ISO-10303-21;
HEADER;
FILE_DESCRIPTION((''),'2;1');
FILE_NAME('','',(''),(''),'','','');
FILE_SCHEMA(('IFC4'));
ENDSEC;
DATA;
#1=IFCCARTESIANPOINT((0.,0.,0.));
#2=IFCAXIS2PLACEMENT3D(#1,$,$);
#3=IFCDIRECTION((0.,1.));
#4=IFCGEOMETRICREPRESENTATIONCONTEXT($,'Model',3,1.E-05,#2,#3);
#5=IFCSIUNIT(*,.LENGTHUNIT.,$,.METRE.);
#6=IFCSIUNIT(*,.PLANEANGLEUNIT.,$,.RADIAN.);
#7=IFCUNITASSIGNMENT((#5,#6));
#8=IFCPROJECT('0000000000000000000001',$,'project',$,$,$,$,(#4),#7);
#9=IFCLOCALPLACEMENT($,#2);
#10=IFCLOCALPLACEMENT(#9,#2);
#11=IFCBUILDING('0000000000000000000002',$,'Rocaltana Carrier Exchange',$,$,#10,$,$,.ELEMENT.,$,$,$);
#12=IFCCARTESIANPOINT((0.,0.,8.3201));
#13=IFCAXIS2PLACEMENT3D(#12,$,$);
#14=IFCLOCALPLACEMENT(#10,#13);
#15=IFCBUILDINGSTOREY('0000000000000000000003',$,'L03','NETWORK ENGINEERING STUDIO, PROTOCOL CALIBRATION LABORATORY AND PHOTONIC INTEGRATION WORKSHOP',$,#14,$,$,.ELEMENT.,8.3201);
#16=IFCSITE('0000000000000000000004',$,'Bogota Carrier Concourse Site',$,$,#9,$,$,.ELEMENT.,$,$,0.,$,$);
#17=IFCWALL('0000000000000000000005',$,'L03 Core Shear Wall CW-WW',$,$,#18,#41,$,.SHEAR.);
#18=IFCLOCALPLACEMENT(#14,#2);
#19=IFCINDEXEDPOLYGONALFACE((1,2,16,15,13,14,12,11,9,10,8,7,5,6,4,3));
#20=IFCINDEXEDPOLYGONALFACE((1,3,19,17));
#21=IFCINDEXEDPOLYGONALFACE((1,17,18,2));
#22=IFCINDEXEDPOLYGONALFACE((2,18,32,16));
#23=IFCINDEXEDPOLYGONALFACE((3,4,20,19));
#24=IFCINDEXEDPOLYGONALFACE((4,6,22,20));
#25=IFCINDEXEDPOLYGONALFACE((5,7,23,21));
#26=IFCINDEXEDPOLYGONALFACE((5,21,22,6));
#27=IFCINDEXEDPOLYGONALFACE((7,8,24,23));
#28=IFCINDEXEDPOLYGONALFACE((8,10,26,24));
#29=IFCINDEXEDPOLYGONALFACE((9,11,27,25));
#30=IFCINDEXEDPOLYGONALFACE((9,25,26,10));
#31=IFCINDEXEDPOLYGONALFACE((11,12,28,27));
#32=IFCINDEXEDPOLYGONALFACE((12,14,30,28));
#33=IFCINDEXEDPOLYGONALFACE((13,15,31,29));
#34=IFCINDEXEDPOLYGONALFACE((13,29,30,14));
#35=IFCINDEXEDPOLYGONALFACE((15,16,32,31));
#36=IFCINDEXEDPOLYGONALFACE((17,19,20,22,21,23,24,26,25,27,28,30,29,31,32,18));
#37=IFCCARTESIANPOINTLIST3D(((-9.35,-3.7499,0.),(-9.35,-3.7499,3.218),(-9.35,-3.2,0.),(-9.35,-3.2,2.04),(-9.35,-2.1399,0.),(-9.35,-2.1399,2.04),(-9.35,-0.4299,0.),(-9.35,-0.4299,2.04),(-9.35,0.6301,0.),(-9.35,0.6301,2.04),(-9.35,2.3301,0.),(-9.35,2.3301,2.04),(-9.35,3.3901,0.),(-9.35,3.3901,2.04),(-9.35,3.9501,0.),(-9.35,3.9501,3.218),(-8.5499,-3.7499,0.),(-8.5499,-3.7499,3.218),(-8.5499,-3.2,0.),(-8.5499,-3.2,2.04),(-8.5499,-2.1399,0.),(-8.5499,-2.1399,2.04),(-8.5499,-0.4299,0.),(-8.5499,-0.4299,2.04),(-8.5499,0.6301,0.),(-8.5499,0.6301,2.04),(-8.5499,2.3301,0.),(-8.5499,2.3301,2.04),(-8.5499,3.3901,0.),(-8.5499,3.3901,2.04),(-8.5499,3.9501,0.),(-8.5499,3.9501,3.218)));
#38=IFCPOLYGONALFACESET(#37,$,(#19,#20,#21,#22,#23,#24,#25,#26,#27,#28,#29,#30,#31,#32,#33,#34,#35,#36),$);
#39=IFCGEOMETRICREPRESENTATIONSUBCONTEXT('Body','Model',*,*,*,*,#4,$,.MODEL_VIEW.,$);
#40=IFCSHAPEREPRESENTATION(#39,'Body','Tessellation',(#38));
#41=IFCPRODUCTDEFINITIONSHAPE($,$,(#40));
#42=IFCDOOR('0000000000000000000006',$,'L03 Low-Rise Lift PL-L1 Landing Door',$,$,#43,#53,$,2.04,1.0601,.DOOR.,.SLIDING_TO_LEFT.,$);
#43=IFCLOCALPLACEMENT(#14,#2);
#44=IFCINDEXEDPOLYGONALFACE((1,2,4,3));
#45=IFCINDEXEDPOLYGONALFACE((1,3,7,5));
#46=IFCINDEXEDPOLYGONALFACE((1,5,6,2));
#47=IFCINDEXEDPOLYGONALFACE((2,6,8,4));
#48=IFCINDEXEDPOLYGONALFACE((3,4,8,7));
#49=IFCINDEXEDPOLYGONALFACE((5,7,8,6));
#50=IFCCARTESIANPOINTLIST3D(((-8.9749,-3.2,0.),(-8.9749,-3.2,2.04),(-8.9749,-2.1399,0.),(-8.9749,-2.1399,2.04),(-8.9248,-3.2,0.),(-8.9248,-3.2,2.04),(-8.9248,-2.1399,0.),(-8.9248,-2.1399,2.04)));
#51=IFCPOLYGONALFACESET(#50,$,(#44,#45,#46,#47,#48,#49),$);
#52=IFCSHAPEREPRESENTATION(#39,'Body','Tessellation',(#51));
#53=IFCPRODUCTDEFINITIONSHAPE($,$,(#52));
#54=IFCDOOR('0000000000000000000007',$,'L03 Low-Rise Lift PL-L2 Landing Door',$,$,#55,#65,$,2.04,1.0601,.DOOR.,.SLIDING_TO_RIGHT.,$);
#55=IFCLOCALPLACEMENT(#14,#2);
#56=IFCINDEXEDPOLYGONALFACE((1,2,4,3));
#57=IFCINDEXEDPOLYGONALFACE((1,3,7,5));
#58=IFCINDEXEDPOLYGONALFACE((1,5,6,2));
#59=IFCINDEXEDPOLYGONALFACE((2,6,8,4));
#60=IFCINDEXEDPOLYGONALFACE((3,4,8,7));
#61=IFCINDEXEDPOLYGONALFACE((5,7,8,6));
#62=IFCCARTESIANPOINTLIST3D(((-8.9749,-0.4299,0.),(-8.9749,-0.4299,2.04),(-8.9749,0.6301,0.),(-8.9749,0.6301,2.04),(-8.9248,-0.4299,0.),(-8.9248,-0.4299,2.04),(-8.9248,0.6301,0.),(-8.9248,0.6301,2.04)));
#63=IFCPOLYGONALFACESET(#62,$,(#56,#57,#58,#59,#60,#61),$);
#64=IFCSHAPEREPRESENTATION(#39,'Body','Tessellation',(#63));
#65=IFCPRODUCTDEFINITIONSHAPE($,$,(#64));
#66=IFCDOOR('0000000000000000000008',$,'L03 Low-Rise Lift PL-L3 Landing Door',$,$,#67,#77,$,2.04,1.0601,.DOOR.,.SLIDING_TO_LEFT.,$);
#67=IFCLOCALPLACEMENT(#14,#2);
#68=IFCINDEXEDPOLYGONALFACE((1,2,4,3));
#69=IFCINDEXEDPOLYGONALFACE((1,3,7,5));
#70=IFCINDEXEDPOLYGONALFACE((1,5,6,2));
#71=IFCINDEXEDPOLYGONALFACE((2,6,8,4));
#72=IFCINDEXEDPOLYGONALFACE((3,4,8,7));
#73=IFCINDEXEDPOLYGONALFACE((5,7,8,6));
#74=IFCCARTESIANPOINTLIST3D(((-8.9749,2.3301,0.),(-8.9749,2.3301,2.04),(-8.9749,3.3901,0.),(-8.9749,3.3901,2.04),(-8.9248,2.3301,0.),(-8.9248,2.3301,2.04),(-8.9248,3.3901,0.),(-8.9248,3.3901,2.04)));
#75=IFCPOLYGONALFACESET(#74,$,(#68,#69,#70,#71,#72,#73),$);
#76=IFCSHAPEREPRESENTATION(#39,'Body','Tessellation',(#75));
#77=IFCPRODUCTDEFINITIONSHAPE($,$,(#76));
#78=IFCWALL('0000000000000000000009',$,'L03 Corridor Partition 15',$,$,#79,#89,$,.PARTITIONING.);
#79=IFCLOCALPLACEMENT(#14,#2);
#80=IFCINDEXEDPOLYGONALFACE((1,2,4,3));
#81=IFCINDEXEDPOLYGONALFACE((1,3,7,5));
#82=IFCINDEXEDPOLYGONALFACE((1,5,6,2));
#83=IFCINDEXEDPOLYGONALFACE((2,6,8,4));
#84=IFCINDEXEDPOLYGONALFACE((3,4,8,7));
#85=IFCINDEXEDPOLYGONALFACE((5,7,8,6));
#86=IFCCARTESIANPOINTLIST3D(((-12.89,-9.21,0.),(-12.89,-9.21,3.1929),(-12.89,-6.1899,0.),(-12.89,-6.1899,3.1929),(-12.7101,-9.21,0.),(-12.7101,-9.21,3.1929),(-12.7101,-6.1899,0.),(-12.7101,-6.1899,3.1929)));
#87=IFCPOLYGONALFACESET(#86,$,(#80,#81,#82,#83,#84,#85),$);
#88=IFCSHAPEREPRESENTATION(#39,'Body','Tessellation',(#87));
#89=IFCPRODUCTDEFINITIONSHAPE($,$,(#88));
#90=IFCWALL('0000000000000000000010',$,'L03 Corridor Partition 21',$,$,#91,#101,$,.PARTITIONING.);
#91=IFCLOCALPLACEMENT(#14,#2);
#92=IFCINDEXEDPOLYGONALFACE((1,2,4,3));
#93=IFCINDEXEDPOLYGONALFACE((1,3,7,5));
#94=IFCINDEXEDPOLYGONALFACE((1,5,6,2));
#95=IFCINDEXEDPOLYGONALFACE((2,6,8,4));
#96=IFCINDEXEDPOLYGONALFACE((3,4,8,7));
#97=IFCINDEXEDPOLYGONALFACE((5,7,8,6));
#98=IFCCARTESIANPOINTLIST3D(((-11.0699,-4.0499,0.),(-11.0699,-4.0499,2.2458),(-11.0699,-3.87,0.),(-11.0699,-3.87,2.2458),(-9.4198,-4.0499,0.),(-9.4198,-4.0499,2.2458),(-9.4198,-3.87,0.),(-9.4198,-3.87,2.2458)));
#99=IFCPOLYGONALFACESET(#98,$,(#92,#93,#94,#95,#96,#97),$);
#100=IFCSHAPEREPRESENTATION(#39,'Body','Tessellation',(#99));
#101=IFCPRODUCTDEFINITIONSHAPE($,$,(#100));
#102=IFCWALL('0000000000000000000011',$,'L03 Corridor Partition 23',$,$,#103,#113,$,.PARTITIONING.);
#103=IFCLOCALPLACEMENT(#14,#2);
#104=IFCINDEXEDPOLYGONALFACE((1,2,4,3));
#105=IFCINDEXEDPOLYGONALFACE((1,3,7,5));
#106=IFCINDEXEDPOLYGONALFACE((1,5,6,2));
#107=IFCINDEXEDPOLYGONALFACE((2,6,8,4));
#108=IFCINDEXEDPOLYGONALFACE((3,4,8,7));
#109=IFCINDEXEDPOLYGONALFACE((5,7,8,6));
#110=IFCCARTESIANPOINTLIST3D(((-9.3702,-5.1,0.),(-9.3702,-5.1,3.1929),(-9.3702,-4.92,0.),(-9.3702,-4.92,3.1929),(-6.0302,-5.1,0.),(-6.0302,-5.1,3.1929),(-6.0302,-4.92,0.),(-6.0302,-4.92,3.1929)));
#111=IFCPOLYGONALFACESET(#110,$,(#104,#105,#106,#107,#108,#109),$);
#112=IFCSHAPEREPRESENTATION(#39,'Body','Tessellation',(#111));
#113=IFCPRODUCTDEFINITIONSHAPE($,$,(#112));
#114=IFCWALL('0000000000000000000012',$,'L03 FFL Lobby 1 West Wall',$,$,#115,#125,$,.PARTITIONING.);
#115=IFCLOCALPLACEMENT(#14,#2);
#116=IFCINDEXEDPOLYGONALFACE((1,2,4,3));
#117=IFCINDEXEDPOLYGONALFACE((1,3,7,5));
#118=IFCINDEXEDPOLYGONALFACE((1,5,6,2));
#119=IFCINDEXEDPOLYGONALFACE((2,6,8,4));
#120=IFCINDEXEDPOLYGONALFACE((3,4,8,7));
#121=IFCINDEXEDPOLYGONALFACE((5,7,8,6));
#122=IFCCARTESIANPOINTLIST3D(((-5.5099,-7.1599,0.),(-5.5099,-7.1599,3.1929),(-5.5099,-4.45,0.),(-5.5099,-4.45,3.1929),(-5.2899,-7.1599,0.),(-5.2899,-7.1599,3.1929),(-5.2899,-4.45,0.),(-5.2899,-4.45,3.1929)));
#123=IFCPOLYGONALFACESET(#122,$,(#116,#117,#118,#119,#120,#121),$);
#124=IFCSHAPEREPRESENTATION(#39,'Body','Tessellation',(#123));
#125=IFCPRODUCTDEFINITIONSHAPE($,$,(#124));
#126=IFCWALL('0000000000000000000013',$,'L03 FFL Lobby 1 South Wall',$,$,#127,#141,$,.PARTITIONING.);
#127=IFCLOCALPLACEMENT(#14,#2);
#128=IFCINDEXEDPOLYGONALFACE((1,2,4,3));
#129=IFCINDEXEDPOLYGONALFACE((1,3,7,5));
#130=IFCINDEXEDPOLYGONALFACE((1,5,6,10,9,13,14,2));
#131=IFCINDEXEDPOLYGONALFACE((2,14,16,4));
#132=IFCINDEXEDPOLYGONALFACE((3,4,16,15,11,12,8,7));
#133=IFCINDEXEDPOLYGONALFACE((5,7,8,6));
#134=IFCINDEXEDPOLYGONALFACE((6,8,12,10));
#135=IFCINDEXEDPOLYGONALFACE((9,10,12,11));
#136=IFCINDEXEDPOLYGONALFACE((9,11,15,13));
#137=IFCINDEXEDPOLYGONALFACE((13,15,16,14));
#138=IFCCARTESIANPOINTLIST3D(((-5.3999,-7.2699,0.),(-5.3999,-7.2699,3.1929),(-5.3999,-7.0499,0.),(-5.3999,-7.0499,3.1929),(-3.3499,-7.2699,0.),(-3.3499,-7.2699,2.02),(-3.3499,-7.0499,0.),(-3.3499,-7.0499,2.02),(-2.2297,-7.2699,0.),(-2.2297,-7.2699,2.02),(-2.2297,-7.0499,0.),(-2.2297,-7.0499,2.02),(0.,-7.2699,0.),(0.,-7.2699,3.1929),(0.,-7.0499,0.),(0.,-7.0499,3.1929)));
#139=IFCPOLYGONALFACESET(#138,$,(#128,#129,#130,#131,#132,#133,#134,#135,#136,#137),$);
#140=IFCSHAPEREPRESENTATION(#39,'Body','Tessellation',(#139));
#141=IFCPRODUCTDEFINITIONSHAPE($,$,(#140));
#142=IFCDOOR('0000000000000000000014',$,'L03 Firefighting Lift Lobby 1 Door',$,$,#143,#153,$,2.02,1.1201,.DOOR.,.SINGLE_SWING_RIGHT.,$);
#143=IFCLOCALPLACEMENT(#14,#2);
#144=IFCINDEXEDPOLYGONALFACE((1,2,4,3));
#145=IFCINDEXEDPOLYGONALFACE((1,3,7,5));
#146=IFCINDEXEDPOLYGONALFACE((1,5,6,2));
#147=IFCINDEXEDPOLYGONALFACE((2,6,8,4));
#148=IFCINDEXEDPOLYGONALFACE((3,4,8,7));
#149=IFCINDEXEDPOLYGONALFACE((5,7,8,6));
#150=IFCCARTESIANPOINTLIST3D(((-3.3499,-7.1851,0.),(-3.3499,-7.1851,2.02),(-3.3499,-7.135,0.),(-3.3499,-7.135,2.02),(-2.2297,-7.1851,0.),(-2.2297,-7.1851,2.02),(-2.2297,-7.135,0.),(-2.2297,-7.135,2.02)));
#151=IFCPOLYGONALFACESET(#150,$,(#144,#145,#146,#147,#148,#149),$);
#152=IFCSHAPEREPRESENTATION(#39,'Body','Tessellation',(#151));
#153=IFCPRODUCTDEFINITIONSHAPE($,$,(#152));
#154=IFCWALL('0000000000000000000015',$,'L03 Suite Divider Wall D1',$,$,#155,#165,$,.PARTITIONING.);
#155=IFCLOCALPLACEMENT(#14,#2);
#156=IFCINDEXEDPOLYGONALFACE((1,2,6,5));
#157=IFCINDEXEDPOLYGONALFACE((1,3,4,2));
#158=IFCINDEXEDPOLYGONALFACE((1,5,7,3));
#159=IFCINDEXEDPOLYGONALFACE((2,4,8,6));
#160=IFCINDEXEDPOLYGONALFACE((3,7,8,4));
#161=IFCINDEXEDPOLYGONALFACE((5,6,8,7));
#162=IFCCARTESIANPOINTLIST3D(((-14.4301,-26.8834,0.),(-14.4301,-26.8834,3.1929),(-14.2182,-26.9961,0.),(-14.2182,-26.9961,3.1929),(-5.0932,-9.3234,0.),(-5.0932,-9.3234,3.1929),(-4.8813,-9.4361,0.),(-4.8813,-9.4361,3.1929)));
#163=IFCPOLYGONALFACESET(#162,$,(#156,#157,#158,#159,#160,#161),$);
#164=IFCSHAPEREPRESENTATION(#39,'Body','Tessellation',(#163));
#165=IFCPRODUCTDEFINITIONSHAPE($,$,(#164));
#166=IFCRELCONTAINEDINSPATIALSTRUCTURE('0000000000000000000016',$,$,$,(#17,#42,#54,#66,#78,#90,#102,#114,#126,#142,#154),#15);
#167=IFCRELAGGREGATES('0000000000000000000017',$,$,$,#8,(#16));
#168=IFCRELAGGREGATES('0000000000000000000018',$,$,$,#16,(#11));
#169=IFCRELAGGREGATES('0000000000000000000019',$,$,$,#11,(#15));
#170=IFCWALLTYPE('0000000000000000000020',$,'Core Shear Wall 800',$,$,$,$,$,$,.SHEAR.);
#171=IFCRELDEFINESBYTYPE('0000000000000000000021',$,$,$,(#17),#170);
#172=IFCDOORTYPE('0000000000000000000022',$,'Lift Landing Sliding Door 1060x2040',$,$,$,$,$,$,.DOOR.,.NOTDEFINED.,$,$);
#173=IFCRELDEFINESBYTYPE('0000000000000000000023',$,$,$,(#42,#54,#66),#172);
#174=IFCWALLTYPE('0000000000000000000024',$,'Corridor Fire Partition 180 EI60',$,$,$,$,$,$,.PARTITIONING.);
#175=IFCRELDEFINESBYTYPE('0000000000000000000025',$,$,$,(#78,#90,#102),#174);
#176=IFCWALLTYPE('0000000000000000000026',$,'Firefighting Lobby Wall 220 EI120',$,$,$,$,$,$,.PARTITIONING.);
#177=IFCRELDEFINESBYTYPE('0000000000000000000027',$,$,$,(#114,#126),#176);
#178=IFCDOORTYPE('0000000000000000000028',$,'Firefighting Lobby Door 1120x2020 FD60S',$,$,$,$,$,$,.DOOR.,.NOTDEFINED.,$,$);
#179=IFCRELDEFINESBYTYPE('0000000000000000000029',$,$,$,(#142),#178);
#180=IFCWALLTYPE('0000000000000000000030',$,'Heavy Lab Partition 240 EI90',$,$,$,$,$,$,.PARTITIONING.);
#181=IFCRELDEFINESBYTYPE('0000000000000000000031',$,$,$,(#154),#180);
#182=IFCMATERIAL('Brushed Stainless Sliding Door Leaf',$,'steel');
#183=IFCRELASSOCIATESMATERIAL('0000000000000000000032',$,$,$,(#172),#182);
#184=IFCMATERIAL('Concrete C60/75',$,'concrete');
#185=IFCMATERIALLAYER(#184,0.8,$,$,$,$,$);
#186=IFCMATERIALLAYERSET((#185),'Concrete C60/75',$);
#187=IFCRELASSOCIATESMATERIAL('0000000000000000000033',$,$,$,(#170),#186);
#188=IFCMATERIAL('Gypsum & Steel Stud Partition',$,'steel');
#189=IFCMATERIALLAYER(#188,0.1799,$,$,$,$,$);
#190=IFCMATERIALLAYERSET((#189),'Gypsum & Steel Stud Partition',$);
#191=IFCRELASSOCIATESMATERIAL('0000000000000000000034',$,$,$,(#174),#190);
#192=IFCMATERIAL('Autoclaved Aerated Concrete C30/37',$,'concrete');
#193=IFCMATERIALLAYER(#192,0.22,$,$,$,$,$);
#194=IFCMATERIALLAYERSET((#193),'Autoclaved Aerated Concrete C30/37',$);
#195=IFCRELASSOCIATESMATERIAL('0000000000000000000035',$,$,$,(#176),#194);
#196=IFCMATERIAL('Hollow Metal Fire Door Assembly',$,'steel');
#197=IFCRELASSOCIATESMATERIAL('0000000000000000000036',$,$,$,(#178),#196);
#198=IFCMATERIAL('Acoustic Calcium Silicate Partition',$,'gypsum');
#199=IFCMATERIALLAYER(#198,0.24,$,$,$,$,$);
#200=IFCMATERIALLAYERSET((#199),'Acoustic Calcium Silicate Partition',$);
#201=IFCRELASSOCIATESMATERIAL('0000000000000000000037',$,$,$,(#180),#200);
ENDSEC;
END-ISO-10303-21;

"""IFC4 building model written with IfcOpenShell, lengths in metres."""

from ifc_helpers import new_model, si_unit, direction, frame, frame_2d, origin, place, context, subcontext, project, spatial, rectangle, extrude, material, layer, layer_set, type_object, element, fill, save


model = new_model("IFC4")

# Units and contexts
model_context = context("Model", 3, precision=1e-05, world=origin(), true_north=direction((0.0, 1.0)))
body_context = subcontext(model_context, "Body", "Model", "MODEL_VIEW")
ifc_project = project(units=[si_unit("LENGTHUNIT", "METRE"), si_unit("PLANEANGLEUNIT", "RADIAN")], contexts=[model_context])

# Site, building, storey
site_placement = place(None, origin())
site = spatial("IfcSite", under=ifc_project, at=site_placement, Name="Bogota Carrier Concourse Site", CompositionType="ELEMENT", RefElevation=0.0)
building_placement = place(site_placement, origin())
building = spatial("IfcBuilding", under=site, at=building_placement, Name="Rocaltana Carrier Exchange", CompositionType="ELEMENT")
storey_placement = place(building_placement, frame((0.0, 0.0, 8.3201)))
storey = spatial("IfcBuildingStorey", under=building, at=storey_placement, Name="L03", Description="NETWORK ENGINEERING STUDIO, PROTOCOL CALIBRATION LABORATORY AND PHOTONIC INTEGRATION WORKSHOP", CompositionType="ELEMENT", Elevation=8.3201)

# Shared definitions
ifc_material_1 = material(Name="Brushed Stainless Sliding Door Leaf", Category="steel")
door_type_1 = type_object("IfcDoorType", Name="Lift Landing Sliding Door 1060x2040", OperationType="NOTDEFINED", PredefinedType="DOOR", material=ifc_material_1)

# Shared definitions
ifc_material_2 = material(Name="Concrete C60/75", Category="concrete")
ifc_layer_1 = layer(ifc_material_2, 0.8)
ifc_layer_set_1 = layer_set([ifc_layer_1], Name="Concrete C60/75")
wall_type_1 = type_object("IfcWallType", Name="Core Shear Wall 800", PredefinedType="SHEAR", material=ifc_layer_set_1)

# Wall, openings, doors
wall_1_placement = place(storey_placement, frame((-8.95, -3.75, 0.0), z_axis=(0.0, 0.0, 1.0), x_axis=(0.0, 1.0, 0.0)))
wall_1 = element("IfcWall", 1, at=wall_1_placement, inside=storey, type_object=wall_type_1, Name="L03 Core Shear Wall CW-WW", PredefinedType="SHEAR", context=body_context, shape_type="SweptSolid", body=[
    extrude(rectangle(XDim=7.7, YDim=0.8, at=frame_2d((3.8501, 0.0))), origin(), (0.0, 0.0, 1.0), 3.218),
])
opening_1_placement = place(wall_1_placement, frame((0.55, 0.0, 0.0)))
opening_1 = element("IfcOpeningElement", 2, at=opening_1_placement, cuts=wall_1, PredefinedType="OPENING", context=body_context, shape_type="SweptSolid", body=[
    extrude(rectangle(XDim=1.0601, YDim=2.04, at=frame_2d((0.53, 1.02))), frame((0.0, 0.4099, 0.0), z_axis=(0.0, -1.0, 0.0), x_axis=(1.0, 0.0, 0.0)), (0.0, 0.0, 1.0), 0.8201),
])
opening_2_placement = place(wall_1_placement, frame((3.3201, 0.0, 0.0)))
opening_2 = element("IfcOpeningElement", 3, at=opening_2_placement, cuts=wall_1, PredefinedType="OPENING", context=body_context, shape_type="SweptSolid", body=[
    extrude(rectangle(XDim=1.0601, YDim=2.04, at=frame_2d((0.53, 1.02))), frame((0.0, 0.4099, 0.0), z_axis=(0.0, -1.0, 0.0), x_axis=(1.0, 0.0, 0.0)), (0.0, 0.0, 1.0), 0.8201),
])
opening_3_placement = place(wall_1_placement, frame((6.0801, 0.0, 0.0)))
opening_3 = element("IfcOpeningElement", 4, at=opening_3_placement, cuts=wall_1, PredefinedType="OPENING", context=body_context, shape_type="SweptSolid", body=[
    extrude(rectangle(XDim=1.0601, YDim=2.04, at=frame_2d((0.53, 1.02))), frame((0.0, 0.4099, 0.0), z_axis=(0.0, -1.0, 0.0), x_axis=(1.0, 0.0, 0.0)), (0.0, 0.0, 1.0), 0.8201),
])
door_1_placement = place(opening_1_placement, origin())
door_1 = element("IfcDoor", 5, at=door_1_placement, inside=storey, type_object=door_type_1, Name="L03 Low-Rise Lift PL-L1 Landing Door", OperationType="SLIDING_TO_LEFT", OverallHeight=2.04, OverallWidth=1.0601, PredefinedType="DOOR", context=body_context, shape_type="SweptSolid", body=[
    extrude(rectangle(XDim=1.0601, YDim=2.04, at=frame_2d((0.53, 1.02))), frame((0.0, 0.0249, 0.0), z_axis=(0.0, -1.0, 0.0), x_axis=(1.0, 0.0, 0.0)), (0.0, 0.0, 1.0), 0.05),
])
fill(opening_1, door_1)
door_2_placement = place(opening_2_placement, origin())
door_2 = element("IfcDoor", 6, at=door_2_placement, inside=storey, type_object=door_type_1, Name="L03 Low-Rise Lift PL-L2 Landing Door", OperationType="SLIDING_TO_RIGHT", OverallHeight=2.04, OverallWidth=1.0601, PredefinedType="DOOR", context=body_context, shape_type="SweptSolid", body=[
    extrude(rectangle(XDim=1.0601, YDim=2.04, at=frame_2d((0.53, 1.02))), frame((0.0, 0.0249, 0.0), z_axis=(0.0, -1.0, 0.0), x_axis=(1.0, 0.0, 0.0)), (0.0, 0.0, 1.0), 0.05),
])
fill(opening_2, door_2)
door_3_placement = place(opening_3_placement, origin())
door_3 = element("IfcDoor", 7, at=door_3_placement, inside=storey, type_object=door_type_1, Name="L03 Low-Rise Lift PL-L3 Landing Door", OperationType="SLIDING_TO_LEFT", OverallHeight=2.04, OverallWidth=1.0601, PredefinedType="DOOR", context=body_context, shape_type="SweptSolid", body=[
    extrude(rectangle(XDim=1.0601, YDim=2.04, at=frame_2d((0.53, 1.02))), frame((0.0, 0.0249, 0.0), z_axis=(0.0, -1.0, 0.0), x_axis=(1.0, 0.0, 0.0)), (0.0, 0.0, 1.0), 0.05),
])
fill(opening_3, door_3)

# Walls
ifc_material_3 = material(Name="Gypsum & Steel Stud Partition", Category="steel")
ifc_layer_2 = layer(ifc_material_3, 0.1799)
ifc_layer_set_2 = layer_set([ifc_layer_2], Name="Gypsum & Steel Stud Partition")
wall_type_2 = type_object("IfcWallType", Name="Corridor Fire Partition 180 EI60", PredefinedType="PARTITIONING", material=ifc_layer_set_2)
wall_2_placement = place(storey_placement, frame((-12.8, -9.21, 0.0), z_axis=(0.0, 0.0, 1.0), x_axis=(0.0, 1.0, 0.0)))
element("IfcWall", 8, at=wall_2_placement, inside=storey, type_object=wall_type_2, Name="L03 Corridor Partition 15", PredefinedType="PARTITIONING", context=body_context, shape_type="SweptSolid", body=[
    extrude(rectangle(XDim=3.02, YDim=0.1799, at=frame_2d((1.51, 0.0))), origin(), (0.0, 0.0, 1.0), 3.1929),
])
wall_3_placement = place(storey_placement, frame((-11.0701, -3.96, 0.0), z_axis=(0.0, 0.0, 1.0), x_axis=(1.0, 0.0, 0.0)))
element("IfcWall", 9, at=wall_3_placement, inside=storey, type_object=wall_type_2, Name="L03 Corridor Partition 21", PredefinedType="PARTITIONING", context=body_context, shape_type="SweptSolid", body=[
    extrude(rectangle(XDim=1.6501, YDim=0.1799, at=frame_2d((0.8252, 0.0))), origin(), (0.0, 0.0, 1.0), 2.2458),
])
wall_4_placement = place(storey_placement, frame((-9.3701, -5.01, 0.0), z_axis=(0.0, 0.0, 1.0), x_axis=(1.0, 0.0, 0.0)))
element("IfcWall", 10, at=wall_4_placement, inside=storey, type_object=wall_type_2, Name="L03 Corridor Partition 23", PredefinedType="PARTITIONING", context=body_context, shape_type="SweptSolid", body=[
    extrude(rectangle(XDim=3.3401, YDim=0.1799, at=frame_2d((1.6699, 0.0))), origin(), (0.0, 0.0, 1.0), 3.1929),
])
ifc_material_4 = material(Name="Autoclaved Aerated Concrete C30/37", Category="concrete")
ifc_layer_3 = layer(ifc_material_4, 0.22)
ifc_layer_set_3 = layer_set([ifc_layer_3], Name="Autoclaved Aerated Concrete C30/37")
wall_type_3 = type_object("IfcWallType", Name="Firefighting Lobby Wall 220 EI120", PredefinedType="PARTITIONING", material=ifc_layer_set_3)
wall_5_placement = place(storey_placement, frame((-5.3999, -7.1599, 0.0), z_axis=(0.0, 0.0, 1.0), x_axis=(0.0, 1.0, 0.0)))
element("IfcWall", 11, at=wall_5_placement, inside=storey, type_object=wall_type_3, Name="L03 FFL Lobby 1 West Wall", PredefinedType="PARTITIONING", context=body_context, shape_type="SweptSolid", body=[
    extrude(rectangle(XDim=2.71, YDim=0.22, at=frame_2d((1.355, 0.0))), origin(), (0.0, 0.0, 1.0), 3.1929),
])

# Wall, opening, door
wall_6_placement = place(storey_placement, frame((-5.3999, -7.1599, 0.0), z_axis=(0.0, 0.0, 1.0), x_axis=(1.0, 0.0, 0.0)))
wall_6 = element("IfcWall", 12, at=wall_6_placement, inside=storey, type_object=wall_type_3, Name="L03 FFL Lobby 1 South Wall", PredefinedType="PARTITIONING", context=body_context, shape_type="SweptSolid", body=[
    extrude(rectangle(XDim=5.3999, YDim=0.22, at=frame_2d((2.7, 0.0))), origin(), (0.0, 0.0, 1.0), 3.1929),
])
opening_4_placement = place(wall_6_placement, frame((2.05, 0.0, 0.0)))
opening_4 = element("IfcOpeningElement", 13, at=opening_4_placement, cuts=wall_6, PredefinedType="OPENING", context=body_context, shape_type="SweptSolid", body=[
    extrude(rectangle(XDim=1.1201, YDim=2.02, at=frame_2d((0.5601, 1.01))), frame((0.0, 0.1199, 0.0), z_axis=(0.0, -1.0, 0.0), x_axis=(1.0, 0.0, 0.0)), (0.0, 0.0, 1.0), 0.24),
])
ifc_material_5 = material(Name="Hollow Metal Fire Door Assembly", Category="steel")
door_type_2 = type_object("IfcDoorType", Name="Firefighting Lobby Door 1120x2020 FD60S", OperationType="NOTDEFINED", PredefinedType="DOOR", material=ifc_material_5)
door_4_placement = place(opening_4_placement, origin())
door_4 = element("IfcDoor", 14, at=door_4_placement, inside=storey, type_object=door_type_2, Name="L03 Firefighting Lift Lobby 1 Door", OperationType="SINGLE_SWING_RIGHT", OverallHeight=2.02, OverallWidth=1.1201, PredefinedType="DOOR", context=body_context, shape_type="SweptSolid", body=[
    extrude(rectangle(XDim=1.1201, YDim=2.02, at=frame_2d((0.5601, 1.01))), frame((0.0, 0.0249, 0.0), z_axis=(0.0, -1.0, 0.0), x_axis=(1.0, 0.0, 0.0)), (0.0, 0.0, 1.0), 0.05),
])
fill(opening_4, door_4)

# Wall
ifc_material_6 = material(Name="Acoustic Calcium Silicate Partition", Category="gypsum")
ifc_layer_4 = layer(ifc_material_6, 0.24)
ifc_layer_set_4 = layer_set([ifc_layer_4], Name="Acoustic Calcium Silicate Partition")
wall_type_4 = type_object("IfcWallType", Name="Heavy Lab Partition 240 EI90", PredefinedType="PARTITIONING", material=ifc_layer_set_4)
wall_7_placement = place(storey_placement, frame((-4.9873, -9.3799, 0.0), z_axis=(0.0, 0.0, 1.0), x_axis=(-0.469474, -0.882946, 0.0)))
element("IfcWall", 15, at=wall_7_placement, inside=storey, type_object=wall_type_4, Name="L03 Suite Divider Wall D1", PredefinedType="PARTITIONING", context=body_context, shape_type="SweptSolid", body=[
    extrude(rectangle(XDim=19.8879, YDim=0.24, at=frame_2d((9.9438, 0.0))), origin(), (0.0, 0.0, 1.0), 3.1929),
])

save(model, "model.ifc")
